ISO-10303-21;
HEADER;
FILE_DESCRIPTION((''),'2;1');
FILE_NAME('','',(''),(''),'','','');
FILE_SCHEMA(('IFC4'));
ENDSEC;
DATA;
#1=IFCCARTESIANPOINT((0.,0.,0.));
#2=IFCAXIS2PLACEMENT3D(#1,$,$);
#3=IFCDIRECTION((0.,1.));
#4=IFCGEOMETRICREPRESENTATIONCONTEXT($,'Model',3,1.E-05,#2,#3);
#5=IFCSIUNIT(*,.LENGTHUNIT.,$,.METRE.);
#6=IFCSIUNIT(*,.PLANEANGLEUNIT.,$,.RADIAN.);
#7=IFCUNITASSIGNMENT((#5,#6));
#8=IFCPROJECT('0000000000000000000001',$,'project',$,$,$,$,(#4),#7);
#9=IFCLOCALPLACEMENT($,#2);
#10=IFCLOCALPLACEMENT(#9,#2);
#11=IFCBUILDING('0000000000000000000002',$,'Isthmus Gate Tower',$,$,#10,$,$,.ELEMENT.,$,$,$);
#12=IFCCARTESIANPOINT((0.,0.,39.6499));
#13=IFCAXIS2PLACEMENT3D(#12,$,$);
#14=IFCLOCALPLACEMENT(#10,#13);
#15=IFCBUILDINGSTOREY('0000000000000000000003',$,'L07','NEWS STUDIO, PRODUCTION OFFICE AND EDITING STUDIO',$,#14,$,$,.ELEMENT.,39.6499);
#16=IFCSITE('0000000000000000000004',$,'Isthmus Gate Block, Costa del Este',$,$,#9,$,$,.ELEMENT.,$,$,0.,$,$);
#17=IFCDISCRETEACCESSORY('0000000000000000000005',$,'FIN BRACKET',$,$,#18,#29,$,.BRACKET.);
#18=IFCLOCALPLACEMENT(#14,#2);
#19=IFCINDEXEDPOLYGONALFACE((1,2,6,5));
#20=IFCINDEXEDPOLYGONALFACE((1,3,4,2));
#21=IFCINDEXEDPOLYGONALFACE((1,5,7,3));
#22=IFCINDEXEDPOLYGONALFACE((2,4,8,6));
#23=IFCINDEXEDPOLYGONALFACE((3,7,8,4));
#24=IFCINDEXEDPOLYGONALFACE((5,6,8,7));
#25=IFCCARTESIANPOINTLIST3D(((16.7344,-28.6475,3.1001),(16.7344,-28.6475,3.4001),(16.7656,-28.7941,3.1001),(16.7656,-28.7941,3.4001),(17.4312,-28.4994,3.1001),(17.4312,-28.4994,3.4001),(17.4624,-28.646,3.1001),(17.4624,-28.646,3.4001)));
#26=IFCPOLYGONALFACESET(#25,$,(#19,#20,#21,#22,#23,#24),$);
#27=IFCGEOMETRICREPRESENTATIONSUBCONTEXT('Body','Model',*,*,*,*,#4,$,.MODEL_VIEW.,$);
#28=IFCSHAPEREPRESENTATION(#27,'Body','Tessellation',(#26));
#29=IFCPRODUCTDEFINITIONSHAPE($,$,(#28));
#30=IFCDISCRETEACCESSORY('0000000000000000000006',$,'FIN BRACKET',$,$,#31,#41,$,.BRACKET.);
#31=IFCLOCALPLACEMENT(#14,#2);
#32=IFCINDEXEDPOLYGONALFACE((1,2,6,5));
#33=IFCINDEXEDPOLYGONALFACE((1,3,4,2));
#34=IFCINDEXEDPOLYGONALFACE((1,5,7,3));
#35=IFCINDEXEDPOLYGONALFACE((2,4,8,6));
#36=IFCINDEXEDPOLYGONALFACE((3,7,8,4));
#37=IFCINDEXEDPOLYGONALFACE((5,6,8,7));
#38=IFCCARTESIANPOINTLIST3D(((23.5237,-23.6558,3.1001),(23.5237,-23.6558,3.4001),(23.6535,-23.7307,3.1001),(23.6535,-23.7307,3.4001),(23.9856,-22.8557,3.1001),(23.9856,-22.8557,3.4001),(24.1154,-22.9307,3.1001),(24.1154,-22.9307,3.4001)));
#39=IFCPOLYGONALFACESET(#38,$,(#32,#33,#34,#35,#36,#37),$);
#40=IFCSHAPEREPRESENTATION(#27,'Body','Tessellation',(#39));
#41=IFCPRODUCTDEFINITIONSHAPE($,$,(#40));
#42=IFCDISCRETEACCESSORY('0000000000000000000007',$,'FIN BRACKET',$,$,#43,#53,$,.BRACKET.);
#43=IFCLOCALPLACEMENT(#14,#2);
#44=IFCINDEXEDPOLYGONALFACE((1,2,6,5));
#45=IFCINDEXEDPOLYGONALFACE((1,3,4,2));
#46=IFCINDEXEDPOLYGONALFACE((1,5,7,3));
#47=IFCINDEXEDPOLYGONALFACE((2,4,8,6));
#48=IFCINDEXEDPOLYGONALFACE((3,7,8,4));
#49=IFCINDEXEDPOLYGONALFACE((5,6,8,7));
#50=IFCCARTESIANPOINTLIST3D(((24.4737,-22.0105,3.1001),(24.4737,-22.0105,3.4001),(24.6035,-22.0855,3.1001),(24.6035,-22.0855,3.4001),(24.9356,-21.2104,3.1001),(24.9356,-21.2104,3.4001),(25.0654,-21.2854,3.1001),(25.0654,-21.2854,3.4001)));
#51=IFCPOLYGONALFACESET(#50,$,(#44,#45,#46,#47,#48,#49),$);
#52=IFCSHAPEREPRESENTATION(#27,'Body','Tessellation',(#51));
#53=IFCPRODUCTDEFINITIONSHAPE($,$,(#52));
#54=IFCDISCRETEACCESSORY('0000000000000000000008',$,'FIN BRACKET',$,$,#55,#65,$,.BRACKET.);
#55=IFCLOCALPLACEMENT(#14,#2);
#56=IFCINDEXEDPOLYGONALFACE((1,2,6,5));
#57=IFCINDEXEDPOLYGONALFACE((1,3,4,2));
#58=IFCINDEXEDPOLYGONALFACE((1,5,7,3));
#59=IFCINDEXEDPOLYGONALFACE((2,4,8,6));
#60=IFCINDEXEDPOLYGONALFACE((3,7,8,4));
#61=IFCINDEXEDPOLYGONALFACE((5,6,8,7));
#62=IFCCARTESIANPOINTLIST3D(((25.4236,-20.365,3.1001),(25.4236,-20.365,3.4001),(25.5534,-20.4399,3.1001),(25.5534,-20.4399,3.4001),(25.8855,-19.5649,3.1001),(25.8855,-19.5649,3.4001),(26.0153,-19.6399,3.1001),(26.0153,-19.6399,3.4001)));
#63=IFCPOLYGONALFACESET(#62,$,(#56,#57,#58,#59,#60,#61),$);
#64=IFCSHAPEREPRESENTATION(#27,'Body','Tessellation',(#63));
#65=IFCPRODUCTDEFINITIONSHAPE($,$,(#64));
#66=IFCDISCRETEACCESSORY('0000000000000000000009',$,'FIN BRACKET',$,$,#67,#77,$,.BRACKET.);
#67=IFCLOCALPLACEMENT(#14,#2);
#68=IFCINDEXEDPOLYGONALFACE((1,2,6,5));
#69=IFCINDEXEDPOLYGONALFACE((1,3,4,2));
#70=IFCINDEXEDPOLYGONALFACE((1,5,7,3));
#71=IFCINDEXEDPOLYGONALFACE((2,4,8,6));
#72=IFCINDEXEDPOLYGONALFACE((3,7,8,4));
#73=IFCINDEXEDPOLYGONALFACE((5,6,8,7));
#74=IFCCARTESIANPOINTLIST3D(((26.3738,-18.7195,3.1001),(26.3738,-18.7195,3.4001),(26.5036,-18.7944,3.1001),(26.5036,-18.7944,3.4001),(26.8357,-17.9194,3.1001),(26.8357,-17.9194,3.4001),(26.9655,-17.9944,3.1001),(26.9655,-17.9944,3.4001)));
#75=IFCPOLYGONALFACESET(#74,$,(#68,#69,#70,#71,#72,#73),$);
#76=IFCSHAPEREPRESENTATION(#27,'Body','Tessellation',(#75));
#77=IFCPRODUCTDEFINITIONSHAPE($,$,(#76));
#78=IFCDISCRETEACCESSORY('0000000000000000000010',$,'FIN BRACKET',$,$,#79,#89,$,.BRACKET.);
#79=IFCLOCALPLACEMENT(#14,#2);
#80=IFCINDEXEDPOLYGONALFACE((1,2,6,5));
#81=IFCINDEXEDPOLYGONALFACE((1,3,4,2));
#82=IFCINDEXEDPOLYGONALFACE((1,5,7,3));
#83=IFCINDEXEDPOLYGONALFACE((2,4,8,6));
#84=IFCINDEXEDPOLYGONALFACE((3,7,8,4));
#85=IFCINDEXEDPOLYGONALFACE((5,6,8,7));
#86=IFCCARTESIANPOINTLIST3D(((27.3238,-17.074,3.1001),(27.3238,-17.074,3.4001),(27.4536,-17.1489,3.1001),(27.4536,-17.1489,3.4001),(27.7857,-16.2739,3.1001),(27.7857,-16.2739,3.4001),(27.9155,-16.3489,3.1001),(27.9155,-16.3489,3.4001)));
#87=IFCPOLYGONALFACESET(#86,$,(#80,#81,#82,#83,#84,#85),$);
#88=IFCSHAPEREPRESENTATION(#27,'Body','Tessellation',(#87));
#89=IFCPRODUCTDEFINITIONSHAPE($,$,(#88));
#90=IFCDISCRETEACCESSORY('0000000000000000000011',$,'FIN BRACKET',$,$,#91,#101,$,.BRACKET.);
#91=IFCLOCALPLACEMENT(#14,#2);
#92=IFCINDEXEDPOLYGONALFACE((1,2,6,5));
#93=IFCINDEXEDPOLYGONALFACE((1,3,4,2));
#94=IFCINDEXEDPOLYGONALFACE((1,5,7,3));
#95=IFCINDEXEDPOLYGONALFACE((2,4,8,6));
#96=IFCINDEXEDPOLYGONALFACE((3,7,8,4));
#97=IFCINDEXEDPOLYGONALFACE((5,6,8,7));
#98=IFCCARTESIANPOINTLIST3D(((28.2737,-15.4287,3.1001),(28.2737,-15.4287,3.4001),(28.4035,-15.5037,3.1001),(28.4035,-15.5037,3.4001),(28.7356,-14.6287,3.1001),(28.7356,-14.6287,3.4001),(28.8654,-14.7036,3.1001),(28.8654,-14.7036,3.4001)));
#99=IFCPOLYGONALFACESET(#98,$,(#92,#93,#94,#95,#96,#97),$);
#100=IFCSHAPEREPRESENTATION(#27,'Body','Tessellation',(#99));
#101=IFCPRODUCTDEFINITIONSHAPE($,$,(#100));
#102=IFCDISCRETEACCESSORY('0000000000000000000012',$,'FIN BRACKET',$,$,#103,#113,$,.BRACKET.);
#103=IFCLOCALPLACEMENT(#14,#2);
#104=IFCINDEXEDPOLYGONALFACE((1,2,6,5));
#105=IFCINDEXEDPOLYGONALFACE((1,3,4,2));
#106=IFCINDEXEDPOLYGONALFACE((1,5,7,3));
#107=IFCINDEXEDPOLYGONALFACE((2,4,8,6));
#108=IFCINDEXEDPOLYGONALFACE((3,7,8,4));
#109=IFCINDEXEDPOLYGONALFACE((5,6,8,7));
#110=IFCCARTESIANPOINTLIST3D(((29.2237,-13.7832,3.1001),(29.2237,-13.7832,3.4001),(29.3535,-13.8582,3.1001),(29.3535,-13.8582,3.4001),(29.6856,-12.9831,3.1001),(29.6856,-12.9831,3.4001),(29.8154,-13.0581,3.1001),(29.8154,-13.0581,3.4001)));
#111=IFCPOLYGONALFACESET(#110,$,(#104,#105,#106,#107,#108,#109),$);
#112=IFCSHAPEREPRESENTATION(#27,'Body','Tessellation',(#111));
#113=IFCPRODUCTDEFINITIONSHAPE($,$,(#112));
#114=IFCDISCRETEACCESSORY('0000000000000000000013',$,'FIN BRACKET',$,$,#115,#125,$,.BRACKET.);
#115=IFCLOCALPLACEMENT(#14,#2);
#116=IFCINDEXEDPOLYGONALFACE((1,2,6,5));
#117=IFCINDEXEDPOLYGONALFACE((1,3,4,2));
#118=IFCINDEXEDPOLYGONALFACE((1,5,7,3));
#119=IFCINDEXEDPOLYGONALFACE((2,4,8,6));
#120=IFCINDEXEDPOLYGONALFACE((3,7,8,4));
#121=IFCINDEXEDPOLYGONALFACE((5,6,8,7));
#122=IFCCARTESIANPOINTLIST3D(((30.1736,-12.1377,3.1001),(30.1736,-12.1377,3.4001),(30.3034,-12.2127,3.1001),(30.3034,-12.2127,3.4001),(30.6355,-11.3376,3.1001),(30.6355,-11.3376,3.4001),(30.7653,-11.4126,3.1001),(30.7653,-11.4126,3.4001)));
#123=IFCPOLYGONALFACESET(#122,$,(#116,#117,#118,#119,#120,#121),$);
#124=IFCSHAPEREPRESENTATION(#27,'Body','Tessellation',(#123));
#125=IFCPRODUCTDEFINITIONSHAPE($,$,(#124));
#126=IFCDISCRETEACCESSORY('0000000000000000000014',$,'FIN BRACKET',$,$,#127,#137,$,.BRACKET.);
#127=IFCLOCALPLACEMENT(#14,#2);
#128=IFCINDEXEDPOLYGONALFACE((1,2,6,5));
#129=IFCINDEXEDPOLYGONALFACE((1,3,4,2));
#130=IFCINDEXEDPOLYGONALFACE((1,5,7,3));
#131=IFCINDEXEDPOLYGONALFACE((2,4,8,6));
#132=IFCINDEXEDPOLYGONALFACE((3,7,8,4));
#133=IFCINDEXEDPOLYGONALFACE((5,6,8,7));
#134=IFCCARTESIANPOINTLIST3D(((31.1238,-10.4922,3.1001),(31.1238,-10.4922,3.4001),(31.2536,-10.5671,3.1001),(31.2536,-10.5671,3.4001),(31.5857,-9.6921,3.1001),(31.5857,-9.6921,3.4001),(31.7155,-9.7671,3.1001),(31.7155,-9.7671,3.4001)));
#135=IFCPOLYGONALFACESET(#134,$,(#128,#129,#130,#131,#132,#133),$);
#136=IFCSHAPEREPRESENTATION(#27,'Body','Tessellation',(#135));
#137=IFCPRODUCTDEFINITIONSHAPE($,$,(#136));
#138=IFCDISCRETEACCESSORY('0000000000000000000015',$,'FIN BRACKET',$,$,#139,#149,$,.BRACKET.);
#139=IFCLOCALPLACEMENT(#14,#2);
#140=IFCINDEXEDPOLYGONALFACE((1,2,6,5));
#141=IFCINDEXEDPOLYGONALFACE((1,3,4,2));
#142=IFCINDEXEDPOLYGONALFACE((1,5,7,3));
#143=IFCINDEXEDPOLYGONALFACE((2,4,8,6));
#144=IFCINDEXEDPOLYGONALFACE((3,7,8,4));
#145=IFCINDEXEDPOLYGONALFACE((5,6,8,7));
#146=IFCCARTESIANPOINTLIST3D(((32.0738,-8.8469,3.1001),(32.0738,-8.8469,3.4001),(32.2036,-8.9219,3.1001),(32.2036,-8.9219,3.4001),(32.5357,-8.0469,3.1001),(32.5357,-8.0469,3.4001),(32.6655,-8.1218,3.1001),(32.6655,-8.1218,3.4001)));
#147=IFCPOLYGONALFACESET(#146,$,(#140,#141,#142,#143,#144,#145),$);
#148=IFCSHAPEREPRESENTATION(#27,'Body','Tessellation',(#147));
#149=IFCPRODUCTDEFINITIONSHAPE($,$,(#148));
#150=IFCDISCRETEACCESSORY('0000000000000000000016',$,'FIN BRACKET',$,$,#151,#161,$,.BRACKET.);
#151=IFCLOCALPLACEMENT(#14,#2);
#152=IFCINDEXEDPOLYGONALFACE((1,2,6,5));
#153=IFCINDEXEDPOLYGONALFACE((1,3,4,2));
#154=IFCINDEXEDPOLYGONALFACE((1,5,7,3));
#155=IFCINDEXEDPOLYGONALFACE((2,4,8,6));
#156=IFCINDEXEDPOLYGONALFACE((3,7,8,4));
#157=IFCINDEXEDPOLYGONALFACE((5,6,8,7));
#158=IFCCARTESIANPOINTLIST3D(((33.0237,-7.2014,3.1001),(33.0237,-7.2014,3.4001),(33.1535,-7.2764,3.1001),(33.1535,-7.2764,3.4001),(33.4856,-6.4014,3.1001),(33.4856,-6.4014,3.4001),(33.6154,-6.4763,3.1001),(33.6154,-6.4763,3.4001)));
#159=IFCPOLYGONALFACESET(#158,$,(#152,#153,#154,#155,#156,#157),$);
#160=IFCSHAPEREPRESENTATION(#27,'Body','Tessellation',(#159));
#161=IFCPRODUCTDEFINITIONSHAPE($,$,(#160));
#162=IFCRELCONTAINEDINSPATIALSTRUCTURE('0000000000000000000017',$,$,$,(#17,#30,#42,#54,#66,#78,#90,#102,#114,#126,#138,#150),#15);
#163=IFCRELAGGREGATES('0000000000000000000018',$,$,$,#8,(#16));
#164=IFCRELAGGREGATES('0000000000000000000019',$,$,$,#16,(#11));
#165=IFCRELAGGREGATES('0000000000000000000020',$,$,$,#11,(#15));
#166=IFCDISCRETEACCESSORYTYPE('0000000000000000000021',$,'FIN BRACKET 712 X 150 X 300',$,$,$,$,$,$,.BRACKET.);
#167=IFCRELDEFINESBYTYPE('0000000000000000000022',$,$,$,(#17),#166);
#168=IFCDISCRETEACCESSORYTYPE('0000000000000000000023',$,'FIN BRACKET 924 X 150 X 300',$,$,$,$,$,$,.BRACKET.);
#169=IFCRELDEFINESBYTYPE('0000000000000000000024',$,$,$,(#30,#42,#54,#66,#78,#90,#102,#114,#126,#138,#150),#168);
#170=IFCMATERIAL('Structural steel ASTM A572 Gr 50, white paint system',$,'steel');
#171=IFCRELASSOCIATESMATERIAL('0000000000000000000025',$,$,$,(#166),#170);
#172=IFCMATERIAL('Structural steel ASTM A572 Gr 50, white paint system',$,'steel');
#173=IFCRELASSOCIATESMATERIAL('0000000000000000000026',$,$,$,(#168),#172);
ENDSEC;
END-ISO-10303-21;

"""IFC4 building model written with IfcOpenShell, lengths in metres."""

from ifc_helpers import new_model, si_unit, direction, frame, origin, origin_2d, place, context, subcontext, project, spatial, rectangle, extrude, material, type_object, element, save


model = new_model("IFC4")

# Units and contexts
model_context = context("Model", 3, precision=1e-05, world=origin(), true_north=direction((0.0, 1.0)))
body_context = subcontext(model_context, "Body", "Model", "MODEL_VIEW")
ifc_project = project(units=[si_unit("LENGTHUNIT", "METRE"), si_unit("PLANEANGLEUNIT", "RADIAN")], contexts=[model_context])

# Site, building, storey
site_placement = place(None, origin())
site = spatial("IfcSite", under=ifc_project, at=site_placement, Name="Isthmus Gate Block, Costa del Este", CompositionType="ELEMENT", RefElevation=0.0)
building_placement = place(site_placement, origin())
building = spatial("IfcBuilding", under=site, at=building_placement, Name="Isthmus Gate Tower", CompositionType="ELEMENT")
storey_placement = place(building_placement, frame((0.0, 0.0, 39.6499)))
storey = spatial("IfcBuildingStorey", under=building, at=storey_placement, Name="L07", Description="NEWS STUDIO, PRODUCTION OFFICE AND EDITING STUDIO", CompositionType="ELEMENT", Elevation=39.6499)

# Discrete accessories
ifc_material_1 = material(Name="Structural steel ASTM A572 Gr 50, white paint system", Category="steel")
discrete_accessory_type_1 = type_object("IfcDiscreteAccessoryType", Name="FIN BRACKET 712 X 150 X 300", PredefinedType="BRACKET", material=ifc_material_1)
discrete_accessory_placement = place(storey_placement, frame((17.0984, -28.6467, 3.1001), z_axis=(0.0, 0.0, 1.0), x_axis=(0.207912, -0.978148, 0.0)))
element("IfcDiscreteAccessory", 1, at=discrete_accessory_placement, inside=storey, type_object=discrete_accessory_type_1, Name="FIN BRACKET", PredefinedType="BRACKET", context=body_context, shape_type="SweptSolid", body=[
    extrude(rectangle(XDim=0.1499, YDim=0.7124, at=origin_2d()), origin(), (0.0, 0.0, 1.0), 0.3),
])
ifc_material_2 = material(Name="Structural steel ASTM A572 Gr 50, white paint system", Category="steel")
discrete_accessory_type_2 = type_object("IfcDiscreteAccessoryType", Name="FIN BRACKET 924 X 150 X 300", PredefinedType="BRACKET", material=ifc_material_2)
for number, where, z_axis, x_axis, name in (
    (2, (23.8196, -23.2932, 3.1001), (0.0, 0.0, 1.0), (0.866025, -0.5, 0.0), "FIN BRACKET"),
    (3, (24.7695, -21.6479, 3.1001), (0.0, 0.0, 1.0), (0.866025, -0.5, 0.0), "FIN BRACKET"),
    (4, (25.7195, -20.0024, 3.1001), (0.0, 0.0, 1.0), (0.866025, -0.5, 0.0), "FIN BRACKET"),
    (5, (26.6697, -18.3569, 3.1001), (0.0, 0.0, 1.0), (0.866025, -0.5, 0.0), "FIN BRACKET"),
    (6, (27.6196, -16.7114, 3.1001), (0.0, 0.0, 1.0), (0.866025, -0.5, 0.0), "FIN BRACKET"),
    (7, (28.5696, -15.0662, 3.1001), (0.0, 0.0, 1.0), (0.866025, -0.5, 0.0), "FIN BRACKET"),
    (8, (29.5195, -13.4207, 3.1001), (0.0, 0.0, 1.0), (0.866025, -0.5, 0.0), "FIN BRACKET"),
    (9, (30.4695, -11.7751, 3.1001), (0.0, 0.0, 1.0), (0.866025, -0.5, 0.0), "FIN BRACKET"),
    (10, (31.4197, -10.1296, 3.1001), (0.0, 0.0, 1.0), (0.866025, -0.5, 0.0), "FIN BRACKET"),
    (11, (32.3696, -8.4844, 3.1001), (0.0, 0.0, 1.0), (0.866025, -0.5, 0.0), "FIN BRACKET"),
    (12, (33.3196, -6.8389, 3.1001), (0.0, 0.0, 1.0), (0.866025, -0.5, 0.0), "FIN BRACKET"),
):
    element("IfcDiscreteAccessory", number, at=place(storey_placement, frame(where, z_axis=z_axis, x_axis=x_axis)), inside=storey, type_object=discrete_accessory_type_2, Name=name, PredefinedType="BRACKET", context=body_context, shape_type="SweptSolid", body=[
        extrude(rectangle(XDim=0.1499, YDim=0.9238, at=origin_2d()), origin(), (0.0, 0.0, 1.0), 0.3),
    ])

save(model, "model.ifc")
